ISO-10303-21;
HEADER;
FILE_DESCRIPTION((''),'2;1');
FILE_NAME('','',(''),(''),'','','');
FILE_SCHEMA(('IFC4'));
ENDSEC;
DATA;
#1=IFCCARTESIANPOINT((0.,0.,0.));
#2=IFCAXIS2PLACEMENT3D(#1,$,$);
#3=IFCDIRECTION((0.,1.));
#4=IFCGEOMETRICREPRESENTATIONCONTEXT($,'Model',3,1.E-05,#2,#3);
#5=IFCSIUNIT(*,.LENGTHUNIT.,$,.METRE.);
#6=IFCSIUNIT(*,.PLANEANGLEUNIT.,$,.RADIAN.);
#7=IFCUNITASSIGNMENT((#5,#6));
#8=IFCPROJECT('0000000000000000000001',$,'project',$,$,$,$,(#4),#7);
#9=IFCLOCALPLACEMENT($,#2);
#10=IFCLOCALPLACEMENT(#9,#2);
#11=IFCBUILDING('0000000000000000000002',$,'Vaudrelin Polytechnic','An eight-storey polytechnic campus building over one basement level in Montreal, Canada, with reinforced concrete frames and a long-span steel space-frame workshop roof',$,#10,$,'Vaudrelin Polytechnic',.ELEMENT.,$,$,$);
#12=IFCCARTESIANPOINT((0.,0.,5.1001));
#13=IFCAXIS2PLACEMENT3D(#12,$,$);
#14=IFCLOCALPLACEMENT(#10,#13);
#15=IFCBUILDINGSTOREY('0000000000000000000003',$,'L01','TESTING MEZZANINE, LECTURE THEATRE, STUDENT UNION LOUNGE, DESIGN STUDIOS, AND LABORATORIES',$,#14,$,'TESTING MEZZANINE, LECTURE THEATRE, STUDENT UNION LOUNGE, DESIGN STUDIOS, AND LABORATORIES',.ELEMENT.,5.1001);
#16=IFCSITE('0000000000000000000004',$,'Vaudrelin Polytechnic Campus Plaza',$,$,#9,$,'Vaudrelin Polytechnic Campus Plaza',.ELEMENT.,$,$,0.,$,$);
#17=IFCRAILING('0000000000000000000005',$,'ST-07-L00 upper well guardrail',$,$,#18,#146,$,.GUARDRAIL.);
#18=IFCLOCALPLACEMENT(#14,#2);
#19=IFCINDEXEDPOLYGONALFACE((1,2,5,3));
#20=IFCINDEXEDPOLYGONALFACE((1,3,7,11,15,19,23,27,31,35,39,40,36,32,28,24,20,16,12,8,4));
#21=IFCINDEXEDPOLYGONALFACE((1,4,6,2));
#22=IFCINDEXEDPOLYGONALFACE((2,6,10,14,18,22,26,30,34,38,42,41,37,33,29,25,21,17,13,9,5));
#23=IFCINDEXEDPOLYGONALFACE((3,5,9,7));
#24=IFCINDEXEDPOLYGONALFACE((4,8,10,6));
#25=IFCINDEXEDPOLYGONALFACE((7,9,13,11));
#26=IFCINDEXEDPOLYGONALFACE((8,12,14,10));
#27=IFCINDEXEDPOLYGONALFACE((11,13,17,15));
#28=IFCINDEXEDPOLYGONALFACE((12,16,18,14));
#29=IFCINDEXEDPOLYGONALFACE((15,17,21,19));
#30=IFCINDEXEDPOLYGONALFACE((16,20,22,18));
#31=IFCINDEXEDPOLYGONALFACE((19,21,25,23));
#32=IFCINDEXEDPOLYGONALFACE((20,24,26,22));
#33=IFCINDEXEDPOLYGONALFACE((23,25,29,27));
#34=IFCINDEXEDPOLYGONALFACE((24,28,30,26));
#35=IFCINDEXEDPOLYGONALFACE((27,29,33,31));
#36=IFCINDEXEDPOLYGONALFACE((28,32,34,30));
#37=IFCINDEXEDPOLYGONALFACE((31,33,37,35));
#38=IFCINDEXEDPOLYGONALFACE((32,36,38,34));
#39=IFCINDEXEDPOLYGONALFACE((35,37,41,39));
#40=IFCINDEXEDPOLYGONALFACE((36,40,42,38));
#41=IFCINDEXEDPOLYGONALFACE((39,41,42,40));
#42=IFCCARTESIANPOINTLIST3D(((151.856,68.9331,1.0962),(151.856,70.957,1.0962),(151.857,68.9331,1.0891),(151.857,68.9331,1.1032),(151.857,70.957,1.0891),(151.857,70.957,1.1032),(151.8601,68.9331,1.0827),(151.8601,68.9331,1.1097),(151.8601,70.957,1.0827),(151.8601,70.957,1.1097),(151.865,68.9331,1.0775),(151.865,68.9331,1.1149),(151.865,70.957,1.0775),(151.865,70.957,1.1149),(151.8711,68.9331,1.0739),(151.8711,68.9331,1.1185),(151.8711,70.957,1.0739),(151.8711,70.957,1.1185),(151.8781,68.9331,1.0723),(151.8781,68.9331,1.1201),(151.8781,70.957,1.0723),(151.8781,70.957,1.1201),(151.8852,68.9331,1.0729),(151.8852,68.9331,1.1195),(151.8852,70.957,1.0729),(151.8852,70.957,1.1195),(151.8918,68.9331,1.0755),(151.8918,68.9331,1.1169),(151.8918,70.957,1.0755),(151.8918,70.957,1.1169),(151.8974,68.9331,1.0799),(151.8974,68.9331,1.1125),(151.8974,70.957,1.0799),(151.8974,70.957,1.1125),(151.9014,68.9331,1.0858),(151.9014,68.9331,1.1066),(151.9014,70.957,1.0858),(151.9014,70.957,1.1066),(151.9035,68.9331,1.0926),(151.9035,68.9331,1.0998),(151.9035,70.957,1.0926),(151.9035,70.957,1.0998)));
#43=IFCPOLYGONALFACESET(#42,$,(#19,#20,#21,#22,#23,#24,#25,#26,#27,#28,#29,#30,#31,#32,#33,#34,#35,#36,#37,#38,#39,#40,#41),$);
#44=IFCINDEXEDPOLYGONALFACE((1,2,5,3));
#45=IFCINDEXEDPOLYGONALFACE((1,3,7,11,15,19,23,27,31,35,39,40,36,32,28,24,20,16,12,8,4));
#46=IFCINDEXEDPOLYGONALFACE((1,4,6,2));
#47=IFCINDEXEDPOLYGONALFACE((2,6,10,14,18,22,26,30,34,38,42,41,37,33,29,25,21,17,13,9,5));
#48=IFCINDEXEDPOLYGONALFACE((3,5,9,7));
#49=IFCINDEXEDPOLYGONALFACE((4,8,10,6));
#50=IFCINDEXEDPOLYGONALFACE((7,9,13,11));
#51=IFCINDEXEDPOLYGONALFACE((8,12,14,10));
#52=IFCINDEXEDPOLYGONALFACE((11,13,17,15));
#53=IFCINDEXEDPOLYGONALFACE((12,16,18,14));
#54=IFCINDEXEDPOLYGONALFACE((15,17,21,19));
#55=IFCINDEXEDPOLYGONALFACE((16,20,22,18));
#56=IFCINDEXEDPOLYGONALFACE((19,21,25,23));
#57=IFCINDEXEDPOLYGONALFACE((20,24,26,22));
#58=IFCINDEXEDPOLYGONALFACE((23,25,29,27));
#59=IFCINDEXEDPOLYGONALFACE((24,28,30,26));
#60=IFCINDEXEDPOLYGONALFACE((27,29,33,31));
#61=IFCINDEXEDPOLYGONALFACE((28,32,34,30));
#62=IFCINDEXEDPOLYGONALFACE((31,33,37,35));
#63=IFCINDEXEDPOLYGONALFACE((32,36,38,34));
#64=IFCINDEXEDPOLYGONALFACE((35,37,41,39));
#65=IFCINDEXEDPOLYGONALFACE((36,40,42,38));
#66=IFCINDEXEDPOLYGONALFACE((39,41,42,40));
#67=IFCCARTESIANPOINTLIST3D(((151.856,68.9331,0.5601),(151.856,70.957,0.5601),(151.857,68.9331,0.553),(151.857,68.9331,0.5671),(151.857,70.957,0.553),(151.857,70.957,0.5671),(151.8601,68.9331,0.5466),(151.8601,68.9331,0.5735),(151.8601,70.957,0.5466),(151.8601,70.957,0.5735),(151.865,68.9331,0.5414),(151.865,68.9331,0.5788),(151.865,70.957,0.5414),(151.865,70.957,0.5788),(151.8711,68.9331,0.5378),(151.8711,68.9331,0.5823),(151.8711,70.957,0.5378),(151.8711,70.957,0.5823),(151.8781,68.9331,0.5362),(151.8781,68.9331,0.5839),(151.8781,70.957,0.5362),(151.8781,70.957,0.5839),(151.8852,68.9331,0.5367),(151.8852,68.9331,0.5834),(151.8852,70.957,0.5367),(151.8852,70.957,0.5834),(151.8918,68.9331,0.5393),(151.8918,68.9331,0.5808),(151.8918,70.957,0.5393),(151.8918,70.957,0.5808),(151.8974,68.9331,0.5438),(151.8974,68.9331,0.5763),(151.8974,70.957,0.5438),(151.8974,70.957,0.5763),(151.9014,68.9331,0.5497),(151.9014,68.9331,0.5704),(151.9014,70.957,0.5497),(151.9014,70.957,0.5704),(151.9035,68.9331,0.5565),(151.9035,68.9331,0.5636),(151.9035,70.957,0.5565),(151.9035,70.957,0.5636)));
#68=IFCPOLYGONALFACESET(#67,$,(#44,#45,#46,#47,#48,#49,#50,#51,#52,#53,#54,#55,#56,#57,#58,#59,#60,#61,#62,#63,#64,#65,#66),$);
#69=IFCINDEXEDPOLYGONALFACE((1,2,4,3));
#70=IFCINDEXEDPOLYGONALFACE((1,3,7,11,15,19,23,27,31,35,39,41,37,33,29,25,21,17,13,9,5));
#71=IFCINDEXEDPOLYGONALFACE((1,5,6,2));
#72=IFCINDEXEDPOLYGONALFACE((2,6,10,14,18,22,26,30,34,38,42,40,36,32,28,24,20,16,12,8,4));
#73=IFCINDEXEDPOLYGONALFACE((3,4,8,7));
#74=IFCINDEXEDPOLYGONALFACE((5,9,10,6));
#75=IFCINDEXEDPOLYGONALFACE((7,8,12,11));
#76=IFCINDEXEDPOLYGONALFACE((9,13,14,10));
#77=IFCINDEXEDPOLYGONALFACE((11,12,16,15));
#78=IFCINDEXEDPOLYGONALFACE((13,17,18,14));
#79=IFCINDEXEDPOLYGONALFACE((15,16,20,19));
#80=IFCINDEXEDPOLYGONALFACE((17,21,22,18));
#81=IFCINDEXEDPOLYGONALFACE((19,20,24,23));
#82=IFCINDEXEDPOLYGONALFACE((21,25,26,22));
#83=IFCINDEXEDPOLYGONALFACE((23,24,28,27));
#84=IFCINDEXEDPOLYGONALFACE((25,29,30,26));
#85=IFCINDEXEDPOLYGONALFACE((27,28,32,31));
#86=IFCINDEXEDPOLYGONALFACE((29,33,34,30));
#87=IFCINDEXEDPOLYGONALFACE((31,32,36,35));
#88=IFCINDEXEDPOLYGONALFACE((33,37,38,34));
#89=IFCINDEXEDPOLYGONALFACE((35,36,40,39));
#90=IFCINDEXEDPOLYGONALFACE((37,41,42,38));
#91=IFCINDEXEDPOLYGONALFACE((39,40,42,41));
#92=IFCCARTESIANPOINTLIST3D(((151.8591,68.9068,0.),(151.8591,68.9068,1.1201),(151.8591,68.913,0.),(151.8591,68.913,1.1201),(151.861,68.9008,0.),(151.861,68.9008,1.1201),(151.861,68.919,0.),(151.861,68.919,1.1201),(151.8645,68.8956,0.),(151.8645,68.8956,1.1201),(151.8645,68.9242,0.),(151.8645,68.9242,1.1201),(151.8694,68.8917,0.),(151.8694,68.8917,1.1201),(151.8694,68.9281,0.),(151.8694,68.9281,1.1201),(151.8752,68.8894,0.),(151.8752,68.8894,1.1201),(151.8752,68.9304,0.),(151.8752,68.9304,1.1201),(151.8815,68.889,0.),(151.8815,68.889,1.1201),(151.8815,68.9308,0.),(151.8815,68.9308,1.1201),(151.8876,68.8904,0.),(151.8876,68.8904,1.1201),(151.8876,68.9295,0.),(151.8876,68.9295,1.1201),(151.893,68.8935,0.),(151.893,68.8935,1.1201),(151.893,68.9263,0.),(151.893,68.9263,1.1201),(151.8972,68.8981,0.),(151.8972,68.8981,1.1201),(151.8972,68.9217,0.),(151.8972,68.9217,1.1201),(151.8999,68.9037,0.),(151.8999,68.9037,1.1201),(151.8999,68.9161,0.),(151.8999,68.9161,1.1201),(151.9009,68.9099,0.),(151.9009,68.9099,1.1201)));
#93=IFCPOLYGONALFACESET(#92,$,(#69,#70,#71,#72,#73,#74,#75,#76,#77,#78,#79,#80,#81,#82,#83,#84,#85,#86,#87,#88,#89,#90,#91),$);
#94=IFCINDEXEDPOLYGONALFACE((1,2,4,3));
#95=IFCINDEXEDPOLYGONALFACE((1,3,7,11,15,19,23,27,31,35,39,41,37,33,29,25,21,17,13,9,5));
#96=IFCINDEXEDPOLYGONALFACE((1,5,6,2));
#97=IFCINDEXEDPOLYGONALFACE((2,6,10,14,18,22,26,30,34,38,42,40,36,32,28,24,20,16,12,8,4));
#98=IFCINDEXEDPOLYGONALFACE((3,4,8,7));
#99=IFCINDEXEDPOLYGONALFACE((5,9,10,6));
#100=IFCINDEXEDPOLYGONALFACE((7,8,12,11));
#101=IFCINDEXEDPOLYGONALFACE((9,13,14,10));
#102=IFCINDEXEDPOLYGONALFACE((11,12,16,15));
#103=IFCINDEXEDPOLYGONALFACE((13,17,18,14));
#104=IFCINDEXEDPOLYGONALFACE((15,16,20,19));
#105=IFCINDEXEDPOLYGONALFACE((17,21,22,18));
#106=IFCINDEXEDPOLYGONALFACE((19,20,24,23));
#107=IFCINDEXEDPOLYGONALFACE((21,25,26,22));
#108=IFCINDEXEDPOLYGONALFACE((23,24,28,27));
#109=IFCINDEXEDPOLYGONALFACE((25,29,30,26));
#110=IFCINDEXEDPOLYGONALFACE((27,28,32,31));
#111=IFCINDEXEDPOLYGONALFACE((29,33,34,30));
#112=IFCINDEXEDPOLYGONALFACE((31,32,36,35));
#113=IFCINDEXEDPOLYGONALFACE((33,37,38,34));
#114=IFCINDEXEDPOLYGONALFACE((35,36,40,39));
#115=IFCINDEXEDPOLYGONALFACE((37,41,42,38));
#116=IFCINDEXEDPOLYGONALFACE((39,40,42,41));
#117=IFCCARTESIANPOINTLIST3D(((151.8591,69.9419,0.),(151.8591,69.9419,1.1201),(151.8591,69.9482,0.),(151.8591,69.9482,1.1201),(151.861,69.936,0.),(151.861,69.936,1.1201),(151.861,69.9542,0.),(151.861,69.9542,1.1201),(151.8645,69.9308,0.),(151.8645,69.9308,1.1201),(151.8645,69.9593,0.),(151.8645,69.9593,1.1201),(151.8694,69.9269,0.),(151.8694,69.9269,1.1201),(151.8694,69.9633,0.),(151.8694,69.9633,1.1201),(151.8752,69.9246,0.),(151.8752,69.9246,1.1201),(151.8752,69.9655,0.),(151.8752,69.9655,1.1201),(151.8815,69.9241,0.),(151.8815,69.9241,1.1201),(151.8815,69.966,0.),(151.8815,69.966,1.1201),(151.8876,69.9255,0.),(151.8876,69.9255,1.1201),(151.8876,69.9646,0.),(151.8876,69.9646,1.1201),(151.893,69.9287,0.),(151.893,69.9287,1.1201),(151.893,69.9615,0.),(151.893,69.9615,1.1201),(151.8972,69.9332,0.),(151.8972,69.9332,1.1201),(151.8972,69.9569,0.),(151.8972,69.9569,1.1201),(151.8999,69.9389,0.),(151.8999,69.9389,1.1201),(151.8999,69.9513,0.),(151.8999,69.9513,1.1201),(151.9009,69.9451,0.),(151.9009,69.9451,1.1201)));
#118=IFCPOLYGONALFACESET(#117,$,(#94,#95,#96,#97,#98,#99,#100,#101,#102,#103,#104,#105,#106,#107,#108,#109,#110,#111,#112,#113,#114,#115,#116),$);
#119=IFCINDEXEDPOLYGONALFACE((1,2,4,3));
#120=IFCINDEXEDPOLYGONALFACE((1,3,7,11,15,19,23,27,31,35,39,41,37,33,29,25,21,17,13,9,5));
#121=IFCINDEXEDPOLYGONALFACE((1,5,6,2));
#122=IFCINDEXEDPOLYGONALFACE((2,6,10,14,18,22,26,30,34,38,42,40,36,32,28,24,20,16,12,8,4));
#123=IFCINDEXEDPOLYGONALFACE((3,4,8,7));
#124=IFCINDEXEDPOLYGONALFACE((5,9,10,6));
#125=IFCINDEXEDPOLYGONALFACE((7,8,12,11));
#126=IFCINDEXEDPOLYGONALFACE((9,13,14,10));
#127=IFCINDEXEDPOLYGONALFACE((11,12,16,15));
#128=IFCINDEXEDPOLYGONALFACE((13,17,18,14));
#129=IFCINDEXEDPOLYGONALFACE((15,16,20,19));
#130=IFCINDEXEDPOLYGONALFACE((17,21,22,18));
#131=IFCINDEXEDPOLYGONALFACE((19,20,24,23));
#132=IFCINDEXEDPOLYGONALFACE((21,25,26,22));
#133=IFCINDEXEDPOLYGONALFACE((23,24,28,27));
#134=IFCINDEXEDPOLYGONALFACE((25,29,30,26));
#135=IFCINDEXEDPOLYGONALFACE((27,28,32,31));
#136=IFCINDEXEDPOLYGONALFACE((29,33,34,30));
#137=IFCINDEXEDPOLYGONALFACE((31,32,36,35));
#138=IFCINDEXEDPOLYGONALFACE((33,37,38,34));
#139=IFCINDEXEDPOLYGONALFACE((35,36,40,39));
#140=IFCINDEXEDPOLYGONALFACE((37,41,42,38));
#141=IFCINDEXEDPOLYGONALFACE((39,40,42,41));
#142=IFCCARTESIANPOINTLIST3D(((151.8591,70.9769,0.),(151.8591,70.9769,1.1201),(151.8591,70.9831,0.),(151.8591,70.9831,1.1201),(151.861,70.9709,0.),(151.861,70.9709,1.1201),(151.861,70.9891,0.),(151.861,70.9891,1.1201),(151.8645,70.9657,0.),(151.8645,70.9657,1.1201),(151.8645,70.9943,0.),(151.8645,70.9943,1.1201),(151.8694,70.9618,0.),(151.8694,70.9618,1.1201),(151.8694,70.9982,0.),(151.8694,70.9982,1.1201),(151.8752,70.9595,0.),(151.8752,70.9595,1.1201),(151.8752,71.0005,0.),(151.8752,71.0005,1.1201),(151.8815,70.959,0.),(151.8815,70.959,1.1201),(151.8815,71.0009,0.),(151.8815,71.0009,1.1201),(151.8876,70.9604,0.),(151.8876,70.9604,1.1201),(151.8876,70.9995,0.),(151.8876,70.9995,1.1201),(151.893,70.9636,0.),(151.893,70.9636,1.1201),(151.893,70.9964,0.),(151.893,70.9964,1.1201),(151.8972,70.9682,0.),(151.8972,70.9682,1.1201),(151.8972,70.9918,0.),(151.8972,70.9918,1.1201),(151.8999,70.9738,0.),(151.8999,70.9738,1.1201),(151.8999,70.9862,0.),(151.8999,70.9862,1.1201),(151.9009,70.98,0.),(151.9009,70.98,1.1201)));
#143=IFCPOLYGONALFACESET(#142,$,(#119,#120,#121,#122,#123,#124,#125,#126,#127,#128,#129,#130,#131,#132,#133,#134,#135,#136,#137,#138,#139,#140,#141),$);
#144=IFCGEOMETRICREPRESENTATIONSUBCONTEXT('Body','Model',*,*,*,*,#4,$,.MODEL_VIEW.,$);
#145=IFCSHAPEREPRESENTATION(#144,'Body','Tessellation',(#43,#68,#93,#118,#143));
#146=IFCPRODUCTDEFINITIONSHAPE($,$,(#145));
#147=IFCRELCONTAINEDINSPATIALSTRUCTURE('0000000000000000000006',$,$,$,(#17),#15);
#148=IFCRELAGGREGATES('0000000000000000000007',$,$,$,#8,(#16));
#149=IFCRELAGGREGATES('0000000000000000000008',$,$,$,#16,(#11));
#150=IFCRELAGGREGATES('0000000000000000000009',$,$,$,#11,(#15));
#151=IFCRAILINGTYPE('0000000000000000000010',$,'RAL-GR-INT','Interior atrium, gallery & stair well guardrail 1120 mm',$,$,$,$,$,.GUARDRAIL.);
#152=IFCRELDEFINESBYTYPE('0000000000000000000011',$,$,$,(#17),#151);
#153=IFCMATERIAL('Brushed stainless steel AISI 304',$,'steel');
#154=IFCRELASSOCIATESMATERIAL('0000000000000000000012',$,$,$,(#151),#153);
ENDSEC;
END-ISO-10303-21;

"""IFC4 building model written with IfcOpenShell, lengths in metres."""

from ifc_helpers import new_model, si_unit, direction, frame, origin, origin_2d, place, context, subcontext, project, spatial, circle, extrude, material, type_object, element, save


model = new_model("IFC4")

# Units and contexts
model_context = context("Model", 3, precision=1e-05, world=origin(), true_north=direction((0.0, 1.0)))
body_context = subcontext(model_context, "Body", "Model", "MODEL_VIEW")
ifc_project = project(units=[si_unit("LENGTHUNIT", "METRE"), si_unit("PLANEANGLEUNIT", "RADIAN")], contexts=[model_context])

# Site, building, storey
site_placement = place(None, origin())
site = spatial("IfcSite", under=ifc_project, at=site_placement, Name="Vaudrelin Polytechnic Campus Plaza", LongName="Vaudrelin Polytechnic Campus Plaza", CompositionType="ELEMENT", RefElevation=0.0)
building_placement = place(site_placement, origin())
building = spatial("IfcBuilding", under=site, at=building_placement, Name="Vaudrelin Polytechnic", Description="An eight-storey polytechnic campus building over one basement level in Montreal, Canada, with reinforced concrete frames and a long-span steel space-frame workshop roof", LongName="Vaudrelin Polytechnic", CompositionType="ELEMENT")
storey_placement = place(building_placement, frame((0.0, 0.0, 5.1001)))
storey = spatial("IfcBuildingStorey", under=building, at=storey_placement, Name="L01", Description="TESTING MEZZANINE, LECTURE THEATRE, STUDENT UNION LOUNGE, DESIGN STUDIOS, AND LABORATORIES", LongName="TESTING MEZZANINE, LECTURE THEATRE, STUDENT UNION LOUNGE, DESIGN STUDIOS, AND LABORATORIES", CompositionType="ELEMENT", Elevation=5.1001)

# Railing
ifc_material_1 = material(Name="Brushed stainless steel AISI 304", Category="steel")
railing_type_1 = type_object("IfcRailingType", Name="RAL-GR-INT", Description="Interior atrium, gallery & stair well guardrail 1120 mm", PredefinedType="GUARDRAIL", material=ifc_material_1)
railing_1_placement = place(storey_placement, frame((151.8799, 68.9099, 0.0)))
element("IfcRailing", 1, at=railing_1_placement, inside=storey, type_object=railing_type_1, Name="ST-07-L00 upper well guardrail", PredefinedType="GUARDRAIL", context=body_context, shape_type="SweptSolid", body=[
    extrude(circle(Radius=0.0239, at=origin_2d()), frame((0.0, 0.0232, 1.0962), z_axis=(0.0, 1.0, 0.0), x_axis=(-1.0, 0.0, 0.0)), (0.0, 0.0, 1.0), 2.0239),
    extrude(circle(Radius=0.0239, at=origin_2d()), frame((0.0, 0.0232, 0.5601), z_axis=(0.0, 1.0, 0.0), x_axis=(-1.0, 0.0, 0.0)), (0.0, 0.0, 1.0), 2.0239),
    extrude(circle(Radius=0.021, at=origin_2d()), origin(), (0.0, 0.0, 1.0), 1.1201),
    extrude(circle(Radius=0.021, at=origin_2d()), frame((0.0, 1.0352, 0.0)), (0.0, 0.0, 1.0), 1.1201),
    extrude(circle(Radius=0.021, at=origin_2d()), frame((0.0, 2.0701, 0.0)), (0.0, 0.0, 1.0), 1.1201),
])

save(model, "model.ifc")
